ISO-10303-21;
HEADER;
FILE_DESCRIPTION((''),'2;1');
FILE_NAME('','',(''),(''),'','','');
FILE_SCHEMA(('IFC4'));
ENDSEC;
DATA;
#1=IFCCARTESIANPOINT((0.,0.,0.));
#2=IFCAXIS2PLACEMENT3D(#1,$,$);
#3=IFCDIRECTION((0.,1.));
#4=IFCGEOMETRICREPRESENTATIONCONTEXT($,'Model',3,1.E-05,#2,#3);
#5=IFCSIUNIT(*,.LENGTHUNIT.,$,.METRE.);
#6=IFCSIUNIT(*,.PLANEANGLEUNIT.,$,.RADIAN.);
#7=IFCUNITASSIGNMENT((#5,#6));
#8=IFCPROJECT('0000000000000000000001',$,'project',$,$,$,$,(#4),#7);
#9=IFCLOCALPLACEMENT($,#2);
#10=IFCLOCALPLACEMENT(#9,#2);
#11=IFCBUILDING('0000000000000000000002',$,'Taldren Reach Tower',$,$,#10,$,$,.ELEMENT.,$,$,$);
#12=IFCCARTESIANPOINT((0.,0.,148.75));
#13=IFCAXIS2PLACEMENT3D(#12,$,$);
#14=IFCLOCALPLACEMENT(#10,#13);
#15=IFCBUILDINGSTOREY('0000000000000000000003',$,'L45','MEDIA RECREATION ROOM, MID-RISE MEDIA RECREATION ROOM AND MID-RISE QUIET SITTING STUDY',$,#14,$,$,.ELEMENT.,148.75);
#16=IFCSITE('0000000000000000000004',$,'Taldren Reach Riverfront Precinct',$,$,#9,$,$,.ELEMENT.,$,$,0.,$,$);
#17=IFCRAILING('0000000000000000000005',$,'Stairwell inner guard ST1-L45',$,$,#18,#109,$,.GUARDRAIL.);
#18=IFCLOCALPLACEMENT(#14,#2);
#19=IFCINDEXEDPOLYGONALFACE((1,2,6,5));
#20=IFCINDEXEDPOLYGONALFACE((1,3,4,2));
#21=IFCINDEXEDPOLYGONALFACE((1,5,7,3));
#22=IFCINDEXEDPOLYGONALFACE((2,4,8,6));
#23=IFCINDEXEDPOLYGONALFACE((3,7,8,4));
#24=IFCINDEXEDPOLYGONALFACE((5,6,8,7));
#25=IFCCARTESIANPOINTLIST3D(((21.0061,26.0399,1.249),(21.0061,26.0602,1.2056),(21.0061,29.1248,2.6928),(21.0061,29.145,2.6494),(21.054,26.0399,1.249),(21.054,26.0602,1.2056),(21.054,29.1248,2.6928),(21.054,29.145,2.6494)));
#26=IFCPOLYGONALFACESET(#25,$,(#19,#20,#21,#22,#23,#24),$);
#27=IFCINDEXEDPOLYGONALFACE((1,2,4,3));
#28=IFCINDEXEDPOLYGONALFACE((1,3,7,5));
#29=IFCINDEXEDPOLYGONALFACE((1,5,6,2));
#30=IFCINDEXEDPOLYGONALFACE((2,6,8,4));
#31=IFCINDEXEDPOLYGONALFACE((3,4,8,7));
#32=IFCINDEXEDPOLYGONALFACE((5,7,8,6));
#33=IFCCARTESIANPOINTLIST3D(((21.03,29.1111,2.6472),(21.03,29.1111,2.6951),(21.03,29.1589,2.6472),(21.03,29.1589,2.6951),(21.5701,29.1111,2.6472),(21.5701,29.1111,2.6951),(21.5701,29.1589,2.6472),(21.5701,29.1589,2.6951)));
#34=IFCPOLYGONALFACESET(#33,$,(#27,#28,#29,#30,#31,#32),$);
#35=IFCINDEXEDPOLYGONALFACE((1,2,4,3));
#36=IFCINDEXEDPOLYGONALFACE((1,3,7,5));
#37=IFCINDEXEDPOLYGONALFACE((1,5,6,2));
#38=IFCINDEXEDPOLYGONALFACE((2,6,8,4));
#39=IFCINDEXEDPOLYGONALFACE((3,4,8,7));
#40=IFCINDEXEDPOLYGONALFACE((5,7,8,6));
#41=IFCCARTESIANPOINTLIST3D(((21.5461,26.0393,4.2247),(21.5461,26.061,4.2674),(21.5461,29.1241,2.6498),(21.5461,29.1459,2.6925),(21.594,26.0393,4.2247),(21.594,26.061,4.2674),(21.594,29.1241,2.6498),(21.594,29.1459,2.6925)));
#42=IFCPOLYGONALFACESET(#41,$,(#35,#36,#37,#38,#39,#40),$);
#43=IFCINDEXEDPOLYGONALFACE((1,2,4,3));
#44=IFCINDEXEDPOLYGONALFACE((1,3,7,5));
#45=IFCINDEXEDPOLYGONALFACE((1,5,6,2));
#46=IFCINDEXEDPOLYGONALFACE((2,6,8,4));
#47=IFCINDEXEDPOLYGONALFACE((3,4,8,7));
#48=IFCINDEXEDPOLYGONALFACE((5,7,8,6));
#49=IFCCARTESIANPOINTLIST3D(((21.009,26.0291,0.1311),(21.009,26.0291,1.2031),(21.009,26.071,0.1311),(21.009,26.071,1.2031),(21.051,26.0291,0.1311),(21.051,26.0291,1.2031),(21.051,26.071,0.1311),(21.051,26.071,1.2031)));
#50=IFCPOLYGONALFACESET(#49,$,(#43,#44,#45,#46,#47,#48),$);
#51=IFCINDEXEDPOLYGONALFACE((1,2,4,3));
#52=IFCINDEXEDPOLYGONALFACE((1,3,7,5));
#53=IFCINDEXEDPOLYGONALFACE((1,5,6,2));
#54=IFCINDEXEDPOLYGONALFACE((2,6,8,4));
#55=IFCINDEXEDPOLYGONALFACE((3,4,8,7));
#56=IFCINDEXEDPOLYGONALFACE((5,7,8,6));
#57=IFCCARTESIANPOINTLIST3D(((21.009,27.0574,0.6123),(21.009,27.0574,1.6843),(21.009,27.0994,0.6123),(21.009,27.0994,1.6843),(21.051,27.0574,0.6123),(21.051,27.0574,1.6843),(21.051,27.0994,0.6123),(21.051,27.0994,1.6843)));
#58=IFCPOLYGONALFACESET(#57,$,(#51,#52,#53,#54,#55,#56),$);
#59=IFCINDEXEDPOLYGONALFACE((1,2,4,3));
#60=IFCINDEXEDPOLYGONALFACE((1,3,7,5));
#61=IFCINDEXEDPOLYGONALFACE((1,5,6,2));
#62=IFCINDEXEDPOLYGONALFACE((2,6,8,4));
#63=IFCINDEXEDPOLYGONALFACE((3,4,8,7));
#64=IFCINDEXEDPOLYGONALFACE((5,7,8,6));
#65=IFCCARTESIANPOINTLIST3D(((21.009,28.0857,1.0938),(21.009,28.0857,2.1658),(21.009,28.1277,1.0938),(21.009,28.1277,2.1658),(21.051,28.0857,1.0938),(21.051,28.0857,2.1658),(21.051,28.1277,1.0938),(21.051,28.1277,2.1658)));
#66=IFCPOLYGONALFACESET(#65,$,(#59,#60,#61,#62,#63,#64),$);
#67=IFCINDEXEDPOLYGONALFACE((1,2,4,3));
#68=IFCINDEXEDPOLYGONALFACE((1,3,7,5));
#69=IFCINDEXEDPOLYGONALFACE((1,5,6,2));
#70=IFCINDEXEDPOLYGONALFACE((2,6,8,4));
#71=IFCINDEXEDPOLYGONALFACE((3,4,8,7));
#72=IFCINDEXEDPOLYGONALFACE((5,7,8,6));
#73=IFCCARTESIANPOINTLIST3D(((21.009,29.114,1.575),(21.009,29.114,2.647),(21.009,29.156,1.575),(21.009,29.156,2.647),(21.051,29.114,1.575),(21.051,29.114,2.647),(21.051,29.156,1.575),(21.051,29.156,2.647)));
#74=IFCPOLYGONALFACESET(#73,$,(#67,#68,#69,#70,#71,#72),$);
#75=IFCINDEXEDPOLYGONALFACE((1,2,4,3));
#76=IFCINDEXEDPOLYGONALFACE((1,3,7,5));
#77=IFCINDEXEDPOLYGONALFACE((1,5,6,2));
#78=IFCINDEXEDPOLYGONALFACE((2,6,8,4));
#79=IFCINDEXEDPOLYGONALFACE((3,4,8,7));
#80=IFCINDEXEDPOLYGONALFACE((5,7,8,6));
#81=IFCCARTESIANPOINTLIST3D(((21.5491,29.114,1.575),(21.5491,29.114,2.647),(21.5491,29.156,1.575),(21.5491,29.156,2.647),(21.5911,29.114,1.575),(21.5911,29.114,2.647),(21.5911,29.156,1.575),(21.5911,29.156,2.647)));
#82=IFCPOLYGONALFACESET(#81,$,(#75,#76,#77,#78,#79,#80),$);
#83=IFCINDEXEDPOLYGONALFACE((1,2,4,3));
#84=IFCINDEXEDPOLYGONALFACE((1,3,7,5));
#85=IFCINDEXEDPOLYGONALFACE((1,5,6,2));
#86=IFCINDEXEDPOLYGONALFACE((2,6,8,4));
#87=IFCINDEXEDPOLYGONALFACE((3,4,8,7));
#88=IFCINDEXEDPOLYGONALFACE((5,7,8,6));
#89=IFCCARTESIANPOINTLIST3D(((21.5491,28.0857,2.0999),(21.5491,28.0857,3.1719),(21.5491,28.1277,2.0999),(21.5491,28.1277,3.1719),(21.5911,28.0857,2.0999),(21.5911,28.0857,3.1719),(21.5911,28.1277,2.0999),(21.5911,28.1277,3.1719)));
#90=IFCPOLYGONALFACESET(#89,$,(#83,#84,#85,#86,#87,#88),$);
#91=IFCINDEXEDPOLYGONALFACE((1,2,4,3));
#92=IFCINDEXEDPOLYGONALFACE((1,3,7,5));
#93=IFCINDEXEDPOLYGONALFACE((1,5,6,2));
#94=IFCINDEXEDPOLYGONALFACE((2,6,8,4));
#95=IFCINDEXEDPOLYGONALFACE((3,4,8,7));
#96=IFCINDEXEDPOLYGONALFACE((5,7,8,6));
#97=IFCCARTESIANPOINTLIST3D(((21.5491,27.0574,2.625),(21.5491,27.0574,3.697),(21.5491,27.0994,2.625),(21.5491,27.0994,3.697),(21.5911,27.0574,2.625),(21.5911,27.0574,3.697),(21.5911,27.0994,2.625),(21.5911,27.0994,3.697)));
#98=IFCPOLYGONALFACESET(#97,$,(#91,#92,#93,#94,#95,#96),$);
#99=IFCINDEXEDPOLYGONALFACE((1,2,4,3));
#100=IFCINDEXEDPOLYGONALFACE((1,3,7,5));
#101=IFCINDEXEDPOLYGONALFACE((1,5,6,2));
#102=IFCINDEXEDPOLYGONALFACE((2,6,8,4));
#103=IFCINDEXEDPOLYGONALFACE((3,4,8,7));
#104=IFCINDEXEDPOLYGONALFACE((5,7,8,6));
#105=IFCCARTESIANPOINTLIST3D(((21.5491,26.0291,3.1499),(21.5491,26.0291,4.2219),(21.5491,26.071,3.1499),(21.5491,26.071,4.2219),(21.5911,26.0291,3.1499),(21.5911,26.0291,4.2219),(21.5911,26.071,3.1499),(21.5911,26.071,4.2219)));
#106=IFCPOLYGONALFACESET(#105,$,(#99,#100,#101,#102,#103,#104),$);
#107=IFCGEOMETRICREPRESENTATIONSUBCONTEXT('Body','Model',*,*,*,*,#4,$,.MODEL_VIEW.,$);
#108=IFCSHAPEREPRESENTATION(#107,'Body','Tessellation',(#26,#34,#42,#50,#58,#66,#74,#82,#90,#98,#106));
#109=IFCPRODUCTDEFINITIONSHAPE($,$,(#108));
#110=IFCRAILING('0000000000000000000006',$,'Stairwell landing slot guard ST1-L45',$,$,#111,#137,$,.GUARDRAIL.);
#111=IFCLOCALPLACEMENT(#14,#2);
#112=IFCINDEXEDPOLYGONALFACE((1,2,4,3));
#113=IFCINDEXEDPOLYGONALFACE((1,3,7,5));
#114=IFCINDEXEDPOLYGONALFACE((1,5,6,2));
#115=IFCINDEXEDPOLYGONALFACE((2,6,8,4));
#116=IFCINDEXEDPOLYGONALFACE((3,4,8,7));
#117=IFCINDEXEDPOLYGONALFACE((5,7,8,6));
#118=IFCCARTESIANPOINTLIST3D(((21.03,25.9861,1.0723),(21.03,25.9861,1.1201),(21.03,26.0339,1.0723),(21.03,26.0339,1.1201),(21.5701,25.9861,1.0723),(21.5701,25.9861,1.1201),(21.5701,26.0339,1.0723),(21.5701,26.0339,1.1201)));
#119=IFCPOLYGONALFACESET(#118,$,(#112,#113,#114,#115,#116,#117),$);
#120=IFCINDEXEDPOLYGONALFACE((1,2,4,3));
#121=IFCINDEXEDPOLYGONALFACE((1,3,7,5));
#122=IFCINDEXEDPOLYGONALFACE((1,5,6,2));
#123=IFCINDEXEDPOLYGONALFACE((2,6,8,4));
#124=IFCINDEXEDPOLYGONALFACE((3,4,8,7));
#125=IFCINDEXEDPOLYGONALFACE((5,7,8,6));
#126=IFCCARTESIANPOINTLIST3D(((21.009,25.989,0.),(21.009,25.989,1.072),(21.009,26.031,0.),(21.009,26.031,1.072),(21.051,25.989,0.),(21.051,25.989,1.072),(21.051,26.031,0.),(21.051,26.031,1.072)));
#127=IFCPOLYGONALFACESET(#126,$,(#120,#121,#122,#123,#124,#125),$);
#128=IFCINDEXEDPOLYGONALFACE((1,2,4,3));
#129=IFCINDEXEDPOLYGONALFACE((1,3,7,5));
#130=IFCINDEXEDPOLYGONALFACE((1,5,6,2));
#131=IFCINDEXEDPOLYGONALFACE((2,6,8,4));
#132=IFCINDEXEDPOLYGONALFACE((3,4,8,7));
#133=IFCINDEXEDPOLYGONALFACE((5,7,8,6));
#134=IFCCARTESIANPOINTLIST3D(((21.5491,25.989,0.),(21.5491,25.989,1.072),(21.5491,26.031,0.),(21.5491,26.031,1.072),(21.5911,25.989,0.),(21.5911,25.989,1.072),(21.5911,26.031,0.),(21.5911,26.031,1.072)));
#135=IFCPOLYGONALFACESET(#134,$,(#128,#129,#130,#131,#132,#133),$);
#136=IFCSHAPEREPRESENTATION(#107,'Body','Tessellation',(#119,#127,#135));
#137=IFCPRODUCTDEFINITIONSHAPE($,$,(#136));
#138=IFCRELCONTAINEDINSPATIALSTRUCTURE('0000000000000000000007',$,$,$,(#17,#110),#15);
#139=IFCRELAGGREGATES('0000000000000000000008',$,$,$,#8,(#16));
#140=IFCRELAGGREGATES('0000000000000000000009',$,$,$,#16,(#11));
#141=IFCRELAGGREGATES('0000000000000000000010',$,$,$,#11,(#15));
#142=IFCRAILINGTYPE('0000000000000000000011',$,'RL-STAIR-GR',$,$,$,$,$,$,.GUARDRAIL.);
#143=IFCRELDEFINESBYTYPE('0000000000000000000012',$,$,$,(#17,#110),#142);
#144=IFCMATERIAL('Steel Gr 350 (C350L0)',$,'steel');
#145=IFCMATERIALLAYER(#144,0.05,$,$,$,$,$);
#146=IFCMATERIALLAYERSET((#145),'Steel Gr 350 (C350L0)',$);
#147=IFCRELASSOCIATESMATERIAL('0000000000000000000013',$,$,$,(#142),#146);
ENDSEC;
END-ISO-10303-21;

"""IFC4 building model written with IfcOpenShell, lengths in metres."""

from ifc_helpers import new_model, si_unit, direction, frame, origin, origin_2d, place, context, subcontext, project, spatial, rectangle, extrude, material, layer, layer_set, type_object, element, save


model = new_model("IFC4")

# Units and contexts
model_context = context("Model", 3, precision=1e-05, world=origin(), true_north=direction((0.0, 1.0)))
body_context = subcontext(model_context, "Body", "Model", "MODEL_VIEW")
ifc_project = project(units=[si_unit("LENGTHUNIT", "METRE"), si_unit("PLANEANGLEUNIT", "RADIAN")], contexts=[model_context])

# Site, building, storey
site_placement = place(None, origin())
site = spatial("IfcSite", under=ifc_project, at=site_placement, Name="Taldren Reach Riverfront Precinct", CompositionType="ELEMENT", RefElevation=0.0)
building_placement = place(site_placement, origin())
building = spatial("IfcBuilding", under=site, at=building_placement, Name="Taldren Reach Tower", CompositionType="ELEMENT")
storey_placement = place(building_placement, frame((0.0, 0.0, 148.75)))
storey = spatial("IfcBuildingStorey", under=building, at=storey_placement, Name="L45", Description="MEDIA RECREATION ROOM, MID-RISE MEDIA RECREATION ROOM AND MID-RISE QUIET SITTING STUDY", CompositionType="ELEMENT", Elevation=148.75)

# Shared definitions
ifc_material_1 = material(Name="Steel Gr 350 (C350L0)", Category="steel")

# Railings
ifc_layer_1 = layer(ifc_material_1, 0.05)
ifc_layer_set_1 = layer_set([ifc_layer_1], Name="Steel Gr 350 (C350L0)")
railing_type_1 = type_object("IfcRailingType", Name="RL-STAIR-GR", PredefinedType="GUARDRAIL", material=ifc_layer_set_1)
railing_1_placement = place(storey_placement, frame((21.03, 26.05, 0.1311)))
element("IfcRailing", 1, at=railing_1_placement, inside=storey, type_object=railing_type_1, Name="Stairwell inner guard ST1-L45", PredefinedType="GUARDRAIL", context=body_context, shape_type="SweptSolid", body=[
    extrude(rectangle(XDim=0.0479, YDim=0.0479, at=origin_2d()), frame((0.0, 0.0, 1.0962), z_axis=(0.0, 0.90571, 0.423898), x_axis=(-1.0, 0.0, 0.0)), (0.0, 0.0, 1.0), 3.406),
    extrude(rectangle(XDim=0.0479, YDim=0.0479, at=origin_2d()), frame((0.0, 3.085, 2.54), z_axis=(1.0, 0.0, 0.0), x_axis=(0.0, 1.0, 0.0)), (0.0, 0.0, 1.0), 0.54),
    extrude(rectangle(XDim=0.0479, YDim=0.0479, at=origin_2d()), frame((0.54, 3.085, 2.54), z_axis=(0.0, -0.890646, 0.454697), x_axis=(1.0, 0.0, 0.0)), (0.0, 0.0, 1.0), 3.4636),
    extrude(rectangle(XDim=0.042, YDim=0.042, at=origin_2d()), origin(), (0.0, 0.0, 1.0), 1.072),
    extrude(rectangle(XDim=0.042, YDim=0.042, at=origin_2d()), frame((0.0, 1.0283, 0.4812)), (0.0, 0.0, 1.0), 1.072),
    extrude(rectangle(XDim=0.042, YDim=0.042, at=origin_2d()), frame((0.0, 2.0566, 0.9626)), (0.0, 0.0, 1.0), 1.072),
    extrude(rectangle(XDim=0.042, YDim=0.042, at=origin_2d()), frame((0.0, 3.085, 1.4438)), (0.0, 0.0, 1.0), 1.072),
    extrude(rectangle(XDim=0.042, YDim=0.042, at=origin_2d()), frame((0.54, 3.085, 1.4438)), (0.0, 0.0, 1.0), 1.072),
    extrude(rectangle(XDim=0.042, YDim=0.042, at=origin_2d()), frame((0.54, 2.0566, 1.9688)), (0.0, 0.0, 1.0), 1.072),
    extrude(rectangle(XDim=0.042, YDim=0.042, at=origin_2d()), frame((0.54, 1.0283, 2.4939)), (0.0, 0.0, 1.0), 1.072),
    extrude(rectangle(XDim=0.042, YDim=0.042, at=origin_2d()), frame((0.54, 0.0, 3.0188)), (0.0, 0.0, 1.0), 1.072),
])
railing_2_placement = place(storey_placement, frame((21.03, 26.01, 0.0)))
element("IfcRailing", 2, at=railing_2_placement, inside=storey, type_object=railing_type_1, Name="Stairwell landing slot guard ST1-L45", PredefinedType="GUARDRAIL", context=body_context, shape_type="SweptSolid", body=[
    extrude(rectangle(XDim=0.0479, YDim=0.0479, at=origin_2d()), frame((0.0, 0.0, 1.0962), z_axis=(1.0, 0.0, 0.0), x_axis=(0.0, 1.0, 0.0)), (0.0, 0.0, 1.0), 0.54),
    extrude(rectangle(XDim=0.042, YDim=0.042, at=origin_2d()), origin(), (0.0, 0.0, 1.0), 1.072),
    extrude(rectangle(XDim=0.042, YDim=0.042, at=origin_2d()), frame((0.54, 0.0, 0.0)), (0.0, 0.0, 1.0), 1.072),
])

save(model, "model.ifc")
